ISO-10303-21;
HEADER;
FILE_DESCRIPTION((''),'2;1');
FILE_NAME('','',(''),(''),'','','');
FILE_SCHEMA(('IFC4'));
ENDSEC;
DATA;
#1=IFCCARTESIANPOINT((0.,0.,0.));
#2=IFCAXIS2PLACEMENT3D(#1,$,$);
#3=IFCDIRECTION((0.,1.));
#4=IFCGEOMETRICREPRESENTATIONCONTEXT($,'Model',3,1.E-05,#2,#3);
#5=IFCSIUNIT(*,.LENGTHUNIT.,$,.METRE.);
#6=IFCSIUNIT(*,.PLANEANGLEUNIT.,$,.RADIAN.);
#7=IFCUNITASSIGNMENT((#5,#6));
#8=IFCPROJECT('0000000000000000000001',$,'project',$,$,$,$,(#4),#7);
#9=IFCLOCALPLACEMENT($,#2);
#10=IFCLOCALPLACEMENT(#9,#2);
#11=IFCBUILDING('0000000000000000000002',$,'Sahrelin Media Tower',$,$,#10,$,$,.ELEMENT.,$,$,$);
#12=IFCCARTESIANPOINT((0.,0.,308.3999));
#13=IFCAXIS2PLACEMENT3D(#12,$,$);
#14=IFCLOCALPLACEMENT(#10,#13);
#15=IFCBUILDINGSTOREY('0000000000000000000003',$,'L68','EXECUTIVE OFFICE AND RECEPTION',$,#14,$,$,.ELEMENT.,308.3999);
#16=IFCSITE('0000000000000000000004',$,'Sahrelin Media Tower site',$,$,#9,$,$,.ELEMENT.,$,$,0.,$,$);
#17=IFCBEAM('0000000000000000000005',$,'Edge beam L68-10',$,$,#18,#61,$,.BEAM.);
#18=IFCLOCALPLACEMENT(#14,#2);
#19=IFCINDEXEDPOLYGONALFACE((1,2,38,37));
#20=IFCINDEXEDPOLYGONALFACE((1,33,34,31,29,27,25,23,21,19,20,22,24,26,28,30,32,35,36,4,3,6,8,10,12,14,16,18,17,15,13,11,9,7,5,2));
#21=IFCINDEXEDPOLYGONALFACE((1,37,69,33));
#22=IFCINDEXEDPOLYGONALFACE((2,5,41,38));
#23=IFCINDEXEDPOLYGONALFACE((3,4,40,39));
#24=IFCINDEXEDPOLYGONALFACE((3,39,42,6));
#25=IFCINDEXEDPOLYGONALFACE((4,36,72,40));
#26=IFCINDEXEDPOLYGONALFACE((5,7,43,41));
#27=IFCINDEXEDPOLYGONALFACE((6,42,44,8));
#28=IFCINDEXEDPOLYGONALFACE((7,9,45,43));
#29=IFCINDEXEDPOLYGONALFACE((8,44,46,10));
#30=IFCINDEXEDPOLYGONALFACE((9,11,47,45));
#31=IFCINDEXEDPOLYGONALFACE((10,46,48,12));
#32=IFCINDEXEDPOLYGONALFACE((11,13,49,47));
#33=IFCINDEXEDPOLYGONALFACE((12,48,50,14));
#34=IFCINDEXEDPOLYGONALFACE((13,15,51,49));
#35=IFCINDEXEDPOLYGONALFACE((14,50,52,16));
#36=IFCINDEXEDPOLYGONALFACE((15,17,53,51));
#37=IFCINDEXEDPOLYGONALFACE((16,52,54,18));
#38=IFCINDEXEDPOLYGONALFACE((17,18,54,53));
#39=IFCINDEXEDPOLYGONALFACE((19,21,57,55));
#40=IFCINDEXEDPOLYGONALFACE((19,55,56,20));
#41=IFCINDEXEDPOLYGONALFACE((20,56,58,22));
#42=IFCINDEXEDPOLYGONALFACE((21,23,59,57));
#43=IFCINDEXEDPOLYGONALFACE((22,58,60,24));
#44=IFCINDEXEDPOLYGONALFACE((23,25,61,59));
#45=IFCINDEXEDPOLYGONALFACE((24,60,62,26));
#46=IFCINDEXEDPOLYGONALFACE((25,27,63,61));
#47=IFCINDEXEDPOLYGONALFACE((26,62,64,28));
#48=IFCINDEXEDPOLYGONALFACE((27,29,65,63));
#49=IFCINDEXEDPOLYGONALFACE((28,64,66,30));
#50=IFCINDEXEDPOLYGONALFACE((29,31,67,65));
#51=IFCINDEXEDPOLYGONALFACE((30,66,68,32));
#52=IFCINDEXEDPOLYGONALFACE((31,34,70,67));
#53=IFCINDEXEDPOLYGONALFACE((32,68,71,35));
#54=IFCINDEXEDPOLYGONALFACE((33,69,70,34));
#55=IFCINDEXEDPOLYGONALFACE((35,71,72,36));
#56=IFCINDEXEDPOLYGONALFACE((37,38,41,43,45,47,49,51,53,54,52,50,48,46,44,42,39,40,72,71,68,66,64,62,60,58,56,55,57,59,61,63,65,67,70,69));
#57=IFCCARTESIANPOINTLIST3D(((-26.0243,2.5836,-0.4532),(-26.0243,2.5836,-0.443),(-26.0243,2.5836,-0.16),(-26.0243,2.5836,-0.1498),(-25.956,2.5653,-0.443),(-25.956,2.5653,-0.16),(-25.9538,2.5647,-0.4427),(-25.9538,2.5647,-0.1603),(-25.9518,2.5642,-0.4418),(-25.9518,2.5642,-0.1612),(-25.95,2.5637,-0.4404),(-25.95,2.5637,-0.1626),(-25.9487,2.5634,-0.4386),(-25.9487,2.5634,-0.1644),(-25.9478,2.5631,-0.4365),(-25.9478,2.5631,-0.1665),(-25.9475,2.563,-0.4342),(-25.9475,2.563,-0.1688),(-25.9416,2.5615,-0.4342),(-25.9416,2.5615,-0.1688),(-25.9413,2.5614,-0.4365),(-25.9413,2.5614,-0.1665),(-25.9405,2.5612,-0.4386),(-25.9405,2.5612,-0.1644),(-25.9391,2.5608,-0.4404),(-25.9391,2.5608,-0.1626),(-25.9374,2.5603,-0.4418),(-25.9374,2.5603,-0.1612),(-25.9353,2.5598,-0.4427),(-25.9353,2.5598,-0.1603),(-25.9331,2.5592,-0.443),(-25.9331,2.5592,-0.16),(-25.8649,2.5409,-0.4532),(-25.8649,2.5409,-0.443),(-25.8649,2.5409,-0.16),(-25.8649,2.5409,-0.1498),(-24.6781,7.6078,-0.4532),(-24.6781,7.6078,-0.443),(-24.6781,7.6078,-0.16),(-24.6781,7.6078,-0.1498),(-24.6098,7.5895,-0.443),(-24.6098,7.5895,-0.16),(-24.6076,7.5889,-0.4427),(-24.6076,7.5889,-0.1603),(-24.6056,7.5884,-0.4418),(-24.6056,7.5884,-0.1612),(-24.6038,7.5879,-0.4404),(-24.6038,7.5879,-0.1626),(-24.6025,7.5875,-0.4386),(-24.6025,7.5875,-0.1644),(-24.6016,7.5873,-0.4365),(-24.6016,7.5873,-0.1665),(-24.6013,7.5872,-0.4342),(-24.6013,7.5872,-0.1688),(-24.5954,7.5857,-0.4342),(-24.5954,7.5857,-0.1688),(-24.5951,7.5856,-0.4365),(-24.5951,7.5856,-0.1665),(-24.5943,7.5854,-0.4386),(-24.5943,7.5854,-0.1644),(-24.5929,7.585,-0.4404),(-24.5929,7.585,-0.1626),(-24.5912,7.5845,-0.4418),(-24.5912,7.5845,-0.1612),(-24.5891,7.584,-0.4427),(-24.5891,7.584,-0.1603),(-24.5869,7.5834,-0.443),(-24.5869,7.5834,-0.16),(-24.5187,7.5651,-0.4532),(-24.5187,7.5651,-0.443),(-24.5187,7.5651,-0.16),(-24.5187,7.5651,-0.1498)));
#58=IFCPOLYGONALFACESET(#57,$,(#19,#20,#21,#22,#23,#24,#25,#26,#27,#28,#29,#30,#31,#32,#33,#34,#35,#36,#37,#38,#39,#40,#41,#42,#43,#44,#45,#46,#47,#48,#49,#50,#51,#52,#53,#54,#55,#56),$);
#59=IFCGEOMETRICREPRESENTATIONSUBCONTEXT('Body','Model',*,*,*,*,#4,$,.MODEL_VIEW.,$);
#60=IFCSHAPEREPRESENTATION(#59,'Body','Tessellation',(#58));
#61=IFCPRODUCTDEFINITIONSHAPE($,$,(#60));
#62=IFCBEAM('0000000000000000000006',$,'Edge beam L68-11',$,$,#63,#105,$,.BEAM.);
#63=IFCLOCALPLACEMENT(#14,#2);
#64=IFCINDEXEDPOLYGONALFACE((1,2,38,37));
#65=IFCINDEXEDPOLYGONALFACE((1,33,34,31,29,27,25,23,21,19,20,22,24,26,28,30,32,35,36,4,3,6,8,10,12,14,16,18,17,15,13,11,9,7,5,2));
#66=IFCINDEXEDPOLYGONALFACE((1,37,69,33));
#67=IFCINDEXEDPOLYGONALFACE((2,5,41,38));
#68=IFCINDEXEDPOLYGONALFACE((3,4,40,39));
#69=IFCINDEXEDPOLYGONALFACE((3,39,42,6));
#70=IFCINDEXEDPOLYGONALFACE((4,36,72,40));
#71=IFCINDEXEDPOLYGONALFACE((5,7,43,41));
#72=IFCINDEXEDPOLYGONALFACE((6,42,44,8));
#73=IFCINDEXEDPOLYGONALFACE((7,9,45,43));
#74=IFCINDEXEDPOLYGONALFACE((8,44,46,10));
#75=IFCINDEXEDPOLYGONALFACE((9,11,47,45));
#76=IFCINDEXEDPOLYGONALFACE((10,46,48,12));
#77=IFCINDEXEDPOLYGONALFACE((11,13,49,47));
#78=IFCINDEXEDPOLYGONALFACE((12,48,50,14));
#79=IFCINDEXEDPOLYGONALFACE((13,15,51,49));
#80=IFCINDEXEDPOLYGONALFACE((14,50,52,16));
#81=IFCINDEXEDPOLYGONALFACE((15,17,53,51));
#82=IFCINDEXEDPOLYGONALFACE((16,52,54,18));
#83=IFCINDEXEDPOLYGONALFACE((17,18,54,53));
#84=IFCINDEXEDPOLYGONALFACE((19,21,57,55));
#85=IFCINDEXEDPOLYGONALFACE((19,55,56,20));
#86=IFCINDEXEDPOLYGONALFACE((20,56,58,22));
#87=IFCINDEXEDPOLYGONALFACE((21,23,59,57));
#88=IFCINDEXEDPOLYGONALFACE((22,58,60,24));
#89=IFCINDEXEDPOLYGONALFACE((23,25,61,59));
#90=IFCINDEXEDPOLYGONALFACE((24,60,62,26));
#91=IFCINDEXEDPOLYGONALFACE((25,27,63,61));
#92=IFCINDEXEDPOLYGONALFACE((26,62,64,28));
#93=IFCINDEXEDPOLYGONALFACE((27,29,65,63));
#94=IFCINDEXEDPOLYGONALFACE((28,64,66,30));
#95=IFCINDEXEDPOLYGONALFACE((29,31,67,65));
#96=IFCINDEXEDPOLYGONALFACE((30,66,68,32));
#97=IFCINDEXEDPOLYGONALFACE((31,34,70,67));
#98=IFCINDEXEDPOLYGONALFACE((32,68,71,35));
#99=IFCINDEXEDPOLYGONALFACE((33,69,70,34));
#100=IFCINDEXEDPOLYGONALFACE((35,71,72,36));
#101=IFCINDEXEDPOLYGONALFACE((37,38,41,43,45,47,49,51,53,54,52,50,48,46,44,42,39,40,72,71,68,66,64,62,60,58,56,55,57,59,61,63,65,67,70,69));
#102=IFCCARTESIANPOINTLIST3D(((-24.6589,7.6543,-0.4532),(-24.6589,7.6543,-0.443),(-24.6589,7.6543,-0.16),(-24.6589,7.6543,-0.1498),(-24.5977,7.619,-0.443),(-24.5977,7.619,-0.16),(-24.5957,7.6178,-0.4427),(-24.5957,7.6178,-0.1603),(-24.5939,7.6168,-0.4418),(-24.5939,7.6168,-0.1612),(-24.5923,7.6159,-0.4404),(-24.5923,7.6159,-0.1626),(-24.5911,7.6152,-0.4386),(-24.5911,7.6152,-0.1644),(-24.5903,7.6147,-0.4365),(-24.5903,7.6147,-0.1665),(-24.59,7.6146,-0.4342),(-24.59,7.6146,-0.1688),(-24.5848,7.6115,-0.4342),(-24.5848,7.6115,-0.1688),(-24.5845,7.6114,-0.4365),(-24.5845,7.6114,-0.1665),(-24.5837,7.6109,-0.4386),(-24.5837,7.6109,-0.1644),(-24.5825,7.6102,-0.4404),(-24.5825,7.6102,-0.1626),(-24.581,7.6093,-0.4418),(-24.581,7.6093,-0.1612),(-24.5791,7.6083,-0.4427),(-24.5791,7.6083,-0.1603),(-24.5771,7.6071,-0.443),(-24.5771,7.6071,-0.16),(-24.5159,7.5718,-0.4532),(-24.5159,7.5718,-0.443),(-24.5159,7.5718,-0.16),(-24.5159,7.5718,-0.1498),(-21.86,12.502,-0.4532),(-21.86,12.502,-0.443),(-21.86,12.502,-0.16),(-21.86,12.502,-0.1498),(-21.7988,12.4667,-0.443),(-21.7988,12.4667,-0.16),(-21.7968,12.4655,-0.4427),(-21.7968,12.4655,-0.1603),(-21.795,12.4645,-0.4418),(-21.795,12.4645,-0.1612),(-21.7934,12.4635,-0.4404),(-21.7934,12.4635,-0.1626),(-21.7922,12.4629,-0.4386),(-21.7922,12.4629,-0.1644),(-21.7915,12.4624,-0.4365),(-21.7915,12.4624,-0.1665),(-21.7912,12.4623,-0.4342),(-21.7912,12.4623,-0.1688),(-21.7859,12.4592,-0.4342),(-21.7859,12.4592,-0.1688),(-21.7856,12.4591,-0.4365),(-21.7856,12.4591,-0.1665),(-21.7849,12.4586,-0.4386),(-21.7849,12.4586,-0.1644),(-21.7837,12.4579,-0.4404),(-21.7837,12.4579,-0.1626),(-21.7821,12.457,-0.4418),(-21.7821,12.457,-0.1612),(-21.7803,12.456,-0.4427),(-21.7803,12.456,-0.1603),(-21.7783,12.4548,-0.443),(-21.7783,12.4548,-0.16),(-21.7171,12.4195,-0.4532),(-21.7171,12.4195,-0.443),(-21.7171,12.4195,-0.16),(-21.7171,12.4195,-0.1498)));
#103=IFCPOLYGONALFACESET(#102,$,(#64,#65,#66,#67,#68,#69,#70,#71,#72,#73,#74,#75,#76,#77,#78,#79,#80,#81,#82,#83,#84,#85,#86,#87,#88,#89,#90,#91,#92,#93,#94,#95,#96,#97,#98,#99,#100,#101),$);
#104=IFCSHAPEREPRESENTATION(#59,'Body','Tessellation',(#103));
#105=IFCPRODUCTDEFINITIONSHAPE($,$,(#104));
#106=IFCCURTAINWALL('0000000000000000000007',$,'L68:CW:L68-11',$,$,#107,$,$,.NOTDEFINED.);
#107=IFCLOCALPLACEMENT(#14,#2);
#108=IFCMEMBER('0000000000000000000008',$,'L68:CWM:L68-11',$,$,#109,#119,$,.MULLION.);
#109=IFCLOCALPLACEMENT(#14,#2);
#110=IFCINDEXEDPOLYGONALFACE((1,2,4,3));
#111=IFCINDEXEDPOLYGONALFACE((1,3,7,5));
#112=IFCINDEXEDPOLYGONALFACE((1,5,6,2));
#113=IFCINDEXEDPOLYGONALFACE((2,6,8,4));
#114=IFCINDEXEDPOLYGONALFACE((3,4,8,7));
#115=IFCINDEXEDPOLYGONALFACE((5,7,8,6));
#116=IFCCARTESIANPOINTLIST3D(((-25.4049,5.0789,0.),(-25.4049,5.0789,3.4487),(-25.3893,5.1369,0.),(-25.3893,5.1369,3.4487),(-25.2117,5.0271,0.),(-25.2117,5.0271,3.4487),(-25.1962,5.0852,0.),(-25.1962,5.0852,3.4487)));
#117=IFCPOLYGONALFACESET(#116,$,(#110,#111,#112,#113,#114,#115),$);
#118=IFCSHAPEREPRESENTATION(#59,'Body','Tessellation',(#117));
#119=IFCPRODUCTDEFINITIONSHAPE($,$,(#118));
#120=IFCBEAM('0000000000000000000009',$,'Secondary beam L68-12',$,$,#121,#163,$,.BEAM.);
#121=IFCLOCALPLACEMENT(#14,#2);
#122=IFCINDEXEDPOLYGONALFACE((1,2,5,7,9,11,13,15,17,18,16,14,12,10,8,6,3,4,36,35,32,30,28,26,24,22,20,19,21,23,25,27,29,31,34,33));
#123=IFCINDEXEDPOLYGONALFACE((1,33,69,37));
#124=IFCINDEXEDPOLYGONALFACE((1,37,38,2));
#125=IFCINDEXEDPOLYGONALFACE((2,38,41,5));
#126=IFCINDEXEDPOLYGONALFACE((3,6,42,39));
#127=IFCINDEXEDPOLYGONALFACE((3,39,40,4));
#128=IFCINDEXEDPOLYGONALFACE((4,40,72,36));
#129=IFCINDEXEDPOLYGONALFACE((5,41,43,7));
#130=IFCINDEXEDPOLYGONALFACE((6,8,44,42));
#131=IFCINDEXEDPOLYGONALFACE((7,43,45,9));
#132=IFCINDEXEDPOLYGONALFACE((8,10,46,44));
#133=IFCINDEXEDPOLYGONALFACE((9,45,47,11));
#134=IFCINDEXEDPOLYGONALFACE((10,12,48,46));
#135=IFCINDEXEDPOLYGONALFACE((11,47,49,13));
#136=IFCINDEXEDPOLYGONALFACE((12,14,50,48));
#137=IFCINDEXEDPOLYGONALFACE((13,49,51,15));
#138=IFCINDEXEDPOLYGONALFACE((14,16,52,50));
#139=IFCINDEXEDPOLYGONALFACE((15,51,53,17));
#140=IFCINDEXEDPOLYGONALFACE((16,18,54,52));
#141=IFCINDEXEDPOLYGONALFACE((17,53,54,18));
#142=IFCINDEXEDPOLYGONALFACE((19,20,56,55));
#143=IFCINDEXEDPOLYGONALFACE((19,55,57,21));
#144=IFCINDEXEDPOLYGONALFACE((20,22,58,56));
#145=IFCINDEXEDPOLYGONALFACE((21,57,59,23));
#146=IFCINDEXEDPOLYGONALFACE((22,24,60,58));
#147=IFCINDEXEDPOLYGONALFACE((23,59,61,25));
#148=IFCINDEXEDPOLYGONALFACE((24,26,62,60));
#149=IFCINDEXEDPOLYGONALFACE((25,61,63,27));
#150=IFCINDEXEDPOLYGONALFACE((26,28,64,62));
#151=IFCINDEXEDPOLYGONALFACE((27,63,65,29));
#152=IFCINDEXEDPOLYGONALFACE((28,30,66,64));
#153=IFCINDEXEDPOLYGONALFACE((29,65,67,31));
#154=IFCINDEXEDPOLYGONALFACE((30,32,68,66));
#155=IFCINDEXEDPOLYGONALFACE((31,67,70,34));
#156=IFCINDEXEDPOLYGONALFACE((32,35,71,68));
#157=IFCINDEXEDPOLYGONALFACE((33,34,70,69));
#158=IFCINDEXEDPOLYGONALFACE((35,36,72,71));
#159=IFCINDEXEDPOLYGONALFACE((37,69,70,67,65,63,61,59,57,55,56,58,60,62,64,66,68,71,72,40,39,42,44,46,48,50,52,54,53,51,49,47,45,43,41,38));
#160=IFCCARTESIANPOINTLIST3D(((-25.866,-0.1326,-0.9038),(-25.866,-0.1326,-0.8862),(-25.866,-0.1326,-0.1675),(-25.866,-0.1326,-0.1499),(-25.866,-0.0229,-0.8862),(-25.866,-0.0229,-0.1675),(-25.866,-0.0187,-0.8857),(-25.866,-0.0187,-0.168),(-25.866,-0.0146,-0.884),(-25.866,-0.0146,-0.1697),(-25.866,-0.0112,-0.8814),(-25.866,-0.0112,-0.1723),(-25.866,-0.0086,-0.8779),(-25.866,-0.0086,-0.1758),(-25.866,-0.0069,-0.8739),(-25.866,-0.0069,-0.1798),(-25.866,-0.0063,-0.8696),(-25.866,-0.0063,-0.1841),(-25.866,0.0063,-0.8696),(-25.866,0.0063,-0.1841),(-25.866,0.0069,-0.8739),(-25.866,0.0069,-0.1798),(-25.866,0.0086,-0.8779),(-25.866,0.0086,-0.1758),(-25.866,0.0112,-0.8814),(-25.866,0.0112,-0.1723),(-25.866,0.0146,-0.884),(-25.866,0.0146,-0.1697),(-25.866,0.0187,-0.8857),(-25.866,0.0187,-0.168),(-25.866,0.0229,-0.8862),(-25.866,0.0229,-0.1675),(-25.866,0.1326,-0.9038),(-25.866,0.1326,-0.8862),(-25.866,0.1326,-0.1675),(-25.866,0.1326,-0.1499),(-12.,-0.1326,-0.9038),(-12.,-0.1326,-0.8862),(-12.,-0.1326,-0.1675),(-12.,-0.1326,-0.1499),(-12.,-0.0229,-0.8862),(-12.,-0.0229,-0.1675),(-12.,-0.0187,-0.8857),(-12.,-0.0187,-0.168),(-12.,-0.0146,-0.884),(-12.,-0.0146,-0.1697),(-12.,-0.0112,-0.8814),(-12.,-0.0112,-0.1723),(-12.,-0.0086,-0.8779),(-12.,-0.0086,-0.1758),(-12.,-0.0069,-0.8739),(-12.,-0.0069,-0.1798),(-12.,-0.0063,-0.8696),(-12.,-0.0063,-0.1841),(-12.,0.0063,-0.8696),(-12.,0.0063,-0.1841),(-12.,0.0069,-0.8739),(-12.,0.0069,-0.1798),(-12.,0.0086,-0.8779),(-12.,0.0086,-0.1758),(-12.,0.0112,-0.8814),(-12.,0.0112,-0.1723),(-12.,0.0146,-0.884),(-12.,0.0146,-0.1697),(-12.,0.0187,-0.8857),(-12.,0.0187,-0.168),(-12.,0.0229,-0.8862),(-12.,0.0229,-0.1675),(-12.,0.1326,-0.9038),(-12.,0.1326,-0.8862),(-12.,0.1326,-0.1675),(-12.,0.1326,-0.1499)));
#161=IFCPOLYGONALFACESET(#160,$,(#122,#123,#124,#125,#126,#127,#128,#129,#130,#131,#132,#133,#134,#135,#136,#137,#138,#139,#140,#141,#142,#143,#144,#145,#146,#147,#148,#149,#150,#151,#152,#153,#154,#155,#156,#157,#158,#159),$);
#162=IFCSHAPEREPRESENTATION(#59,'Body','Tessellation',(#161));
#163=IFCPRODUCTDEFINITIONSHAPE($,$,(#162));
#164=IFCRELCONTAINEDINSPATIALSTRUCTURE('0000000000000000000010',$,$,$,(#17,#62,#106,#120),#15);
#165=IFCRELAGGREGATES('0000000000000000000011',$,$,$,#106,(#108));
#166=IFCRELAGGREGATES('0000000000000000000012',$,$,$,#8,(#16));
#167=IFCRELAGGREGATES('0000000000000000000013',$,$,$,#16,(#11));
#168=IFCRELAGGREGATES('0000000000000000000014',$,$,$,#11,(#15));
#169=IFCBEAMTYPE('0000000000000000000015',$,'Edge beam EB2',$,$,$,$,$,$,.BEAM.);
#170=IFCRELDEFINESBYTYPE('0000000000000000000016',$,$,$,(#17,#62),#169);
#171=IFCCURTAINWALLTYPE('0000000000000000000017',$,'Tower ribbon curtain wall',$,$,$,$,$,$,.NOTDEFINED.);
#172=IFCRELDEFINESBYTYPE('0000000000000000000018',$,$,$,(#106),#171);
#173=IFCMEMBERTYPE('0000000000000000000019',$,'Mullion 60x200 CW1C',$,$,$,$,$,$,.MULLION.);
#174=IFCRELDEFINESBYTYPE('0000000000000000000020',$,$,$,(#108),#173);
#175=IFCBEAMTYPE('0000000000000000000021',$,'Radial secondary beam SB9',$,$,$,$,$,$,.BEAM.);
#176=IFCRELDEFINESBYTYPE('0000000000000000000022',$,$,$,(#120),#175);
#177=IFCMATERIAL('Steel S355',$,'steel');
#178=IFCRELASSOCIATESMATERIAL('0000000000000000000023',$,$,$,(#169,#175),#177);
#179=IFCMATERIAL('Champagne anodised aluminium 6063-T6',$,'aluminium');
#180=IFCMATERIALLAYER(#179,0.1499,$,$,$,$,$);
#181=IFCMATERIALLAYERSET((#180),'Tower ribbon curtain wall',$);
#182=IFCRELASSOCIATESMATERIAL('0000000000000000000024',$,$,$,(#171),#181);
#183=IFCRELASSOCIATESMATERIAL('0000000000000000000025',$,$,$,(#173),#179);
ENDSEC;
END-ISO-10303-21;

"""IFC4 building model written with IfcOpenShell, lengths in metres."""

from ifc_helpers import new_model, si_unit, direction, frame, origin, origin_2d, place, context, subcontext, project, spatial, rectangle, i_section, extrude, material, layer, layer_set, material_profile, profile_set, type_object, element, aggregate, save


model = new_model("IFC4")

# Units and contexts
model_context = context("Model", 3, precision=1e-05, world=origin(), true_north=direction((0.0, 1.0)))
body_context = subcontext(model_context, "Body", "Model", "MODEL_VIEW")
ifc_project = project(units=[si_unit("LENGTHUNIT", "METRE"), si_unit("PLANEANGLEUNIT", "RADIAN")], contexts=[model_context])

# Site, building, storey
site_placement = place(None, origin())
site = spatial("IfcSite", under=ifc_project, at=site_placement, Name="Sahrelin Media Tower site", CompositionType="ELEMENT", RefElevation=0.0)
building_placement = place(site_placement, origin())
building = spatial("IfcBuilding", under=site, at=building_placement, Name="Sahrelin Media Tower", CompositionType="ELEMENT")
storey_placement = place(building_placement, frame((0.0, 0.0, 308.3999)))
storey = spatial("IfcBuildingStorey", under=building, at=storey_placement, Name="L68", Description="EXECUTIVE OFFICE AND RECEPTION", CompositionType="ELEMENT", Elevation=308.3999)

# Beams
ifc_material_1 = material(Name="Steel S355", Category="steel")
ifc_material_profile_1 = material_profile(ifc_material_1, i_section(OverallWidth=0.165, OverallDepth=0.3035, WebThickness=0.0061, FlangeThickness=0.0103, FilletRadius=0.0088, at=origin_2d()), Name="UB 305x165x40")
ifc_profile_set_1 = profile_set([ifc_material_profile_1], Name="Steel S355")
beam_type_1 = type_object("IfcBeamType", Name="Edge beam EB2", PredefinedType="BEAM", material=ifc_profile_set_1)
beam_1_placement = place(storey_placement, frame((-25.9446, 2.5623, -0.3015), z_axis=(0.258814, 0.965927, 0.0), x_axis=(-0.965927, 0.258814, 0.0)))
element("IfcBeam", 1, at=beam_1_placement, inside=storey, type_object=beam_type_1, Name="Edge beam L68-10", PredefinedType="BEAM", context=body_context, shape_type="SweptSolid", body=[
    extrude(i_section(OverallWidth=0.165, OverallDepth=0.3035, WebThickness=0.0061, FlangeThickness=0.0103, FilletRadius=0.0088, at=origin_2d()), origin(), (0.0, 0.0, 1.0), 5.2014),
])
beam_2_placement = place(storey_placement, frame((-24.5874, 7.613, -0.3015), z_axis=(0.500004, 0.866023, 0.0), x_axis=(-0.866023, 0.500004, 0.0)))
element("IfcBeam", 2, at=beam_2_placement, inside=storey, type_object=beam_type_1, Name="Edge beam L68-11", PredefinedType="BEAM", context=body_context, shape_type="SweptSolid", body=[
    extrude(i_section(OverallWidth=0.165, OverallDepth=0.3035, WebThickness=0.0061, FlangeThickness=0.0103, FilletRadius=0.0088, at=origin_2d()), origin(), (0.0, 0.0, 1.0), 5.5977),
])

# Curtain wall, member
ifc_material_2 = material(Name="Champagne anodised aluminium 6063-T6", Category="aluminium")
ifc_layer_1 = layer(ifc_material_2, 0.1499)
ifc_layer_set_1 = layer_set([ifc_layer_1], Name="Tower ribbon curtain wall")
curtain_wall_type = type_object("IfcCurtainWallType", Name="Tower ribbon curtain wall", PredefinedType="NOTDEFINED", material=ifc_layer_set_1)
curtain_wall_1_placement = place(storey_placement, frame((-25.4165, 5.113, 0.0), z_axis=(0.0, 0.0, 1.0), x_axis=(1.0, 0.0, 0.0)))
curtain_wall_1 = element("IfcCurtainWall", 3, at=curtain_wall_1_placement, inside=storey, type_object=curtain_wall_type, Name="L68:CW:L68-11", PredefinedType="NOTDEFINED")
ifc_material_profile_2 = material_profile(ifc_material_2, rectangle(XDim=0.0601, YDim=0.2, at=origin_2d()), Name="Mullion 60x200")
ifc_profile_set_2 = profile_set([ifc_material_profile_2], Name="Champagne anodised aluminium 6063-T6")
member_type_1 = type_object("IfcMemberType", Name="Mullion 60x200 CW1C", PredefinedType="MULLION", material=ifc_profile_set_2)
member_1_placement = place(storey_placement, frame((-25.3005, 5.082, 0.0), z_axis=(0.0, 0.0, 1.0), x_axis=(-0.258824, -0.965924, 0.0)))
member_1 = element("IfcMember", 4, at=member_1_placement, type_object=member_type_1, Name="L68:CWM:L68-11", PredefinedType="MULLION", context=body_context, shape_type="SweptSolid", body=[
    extrude(rectangle(XDim=0.0601, YDim=0.2, at=origin_2d()), origin(), (0.0, 0.0, 1.0), 3.4487),
])

# Beam
ifc_material_profile_3 = material_profile(ifc_material_1, i_section(OverallWidth=0.2651, OverallDepth=0.7539, WebThickness=0.0127, FlangeThickness=0.0176, FilletRadius=0.0166, at=origin_2d()), Name="UB 762x267x147")
ifc_profile_set_3 = profile_set([ifc_material_profile_3], Name="Steel S355")
beam_type_2 = type_object("IfcBeamType", Name="Radial secondary beam SB9", PredefinedType="BEAM", material=ifc_profile_set_3)
beam_3_placement = place(storey_placement, frame((-12.0, 0.0, -0.5269), z_axis=(-1.0, 0.0, 0.0), x_axis=(0.0, -1.0, 0.0)))
element("IfcBeam", 5, at=beam_3_placement, inside=storey, type_object=beam_type_2, Name="Secondary beam L68-12", PredefinedType="BEAM", context=body_context, shape_type="SweptSolid", body=[
    extrude(i_section(OverallWidth=0.2651, OverallDepth=0.7539, WebThickness=0.0127, FlangeThickness=0.0176, FilletRadius=0.0166, at=origin_2d()), origin(), (0.0, 0.0, 1.0), 13.866),
])

aggregate(curtain_wall_1, [member_1])

save(model, "model.ifc")
